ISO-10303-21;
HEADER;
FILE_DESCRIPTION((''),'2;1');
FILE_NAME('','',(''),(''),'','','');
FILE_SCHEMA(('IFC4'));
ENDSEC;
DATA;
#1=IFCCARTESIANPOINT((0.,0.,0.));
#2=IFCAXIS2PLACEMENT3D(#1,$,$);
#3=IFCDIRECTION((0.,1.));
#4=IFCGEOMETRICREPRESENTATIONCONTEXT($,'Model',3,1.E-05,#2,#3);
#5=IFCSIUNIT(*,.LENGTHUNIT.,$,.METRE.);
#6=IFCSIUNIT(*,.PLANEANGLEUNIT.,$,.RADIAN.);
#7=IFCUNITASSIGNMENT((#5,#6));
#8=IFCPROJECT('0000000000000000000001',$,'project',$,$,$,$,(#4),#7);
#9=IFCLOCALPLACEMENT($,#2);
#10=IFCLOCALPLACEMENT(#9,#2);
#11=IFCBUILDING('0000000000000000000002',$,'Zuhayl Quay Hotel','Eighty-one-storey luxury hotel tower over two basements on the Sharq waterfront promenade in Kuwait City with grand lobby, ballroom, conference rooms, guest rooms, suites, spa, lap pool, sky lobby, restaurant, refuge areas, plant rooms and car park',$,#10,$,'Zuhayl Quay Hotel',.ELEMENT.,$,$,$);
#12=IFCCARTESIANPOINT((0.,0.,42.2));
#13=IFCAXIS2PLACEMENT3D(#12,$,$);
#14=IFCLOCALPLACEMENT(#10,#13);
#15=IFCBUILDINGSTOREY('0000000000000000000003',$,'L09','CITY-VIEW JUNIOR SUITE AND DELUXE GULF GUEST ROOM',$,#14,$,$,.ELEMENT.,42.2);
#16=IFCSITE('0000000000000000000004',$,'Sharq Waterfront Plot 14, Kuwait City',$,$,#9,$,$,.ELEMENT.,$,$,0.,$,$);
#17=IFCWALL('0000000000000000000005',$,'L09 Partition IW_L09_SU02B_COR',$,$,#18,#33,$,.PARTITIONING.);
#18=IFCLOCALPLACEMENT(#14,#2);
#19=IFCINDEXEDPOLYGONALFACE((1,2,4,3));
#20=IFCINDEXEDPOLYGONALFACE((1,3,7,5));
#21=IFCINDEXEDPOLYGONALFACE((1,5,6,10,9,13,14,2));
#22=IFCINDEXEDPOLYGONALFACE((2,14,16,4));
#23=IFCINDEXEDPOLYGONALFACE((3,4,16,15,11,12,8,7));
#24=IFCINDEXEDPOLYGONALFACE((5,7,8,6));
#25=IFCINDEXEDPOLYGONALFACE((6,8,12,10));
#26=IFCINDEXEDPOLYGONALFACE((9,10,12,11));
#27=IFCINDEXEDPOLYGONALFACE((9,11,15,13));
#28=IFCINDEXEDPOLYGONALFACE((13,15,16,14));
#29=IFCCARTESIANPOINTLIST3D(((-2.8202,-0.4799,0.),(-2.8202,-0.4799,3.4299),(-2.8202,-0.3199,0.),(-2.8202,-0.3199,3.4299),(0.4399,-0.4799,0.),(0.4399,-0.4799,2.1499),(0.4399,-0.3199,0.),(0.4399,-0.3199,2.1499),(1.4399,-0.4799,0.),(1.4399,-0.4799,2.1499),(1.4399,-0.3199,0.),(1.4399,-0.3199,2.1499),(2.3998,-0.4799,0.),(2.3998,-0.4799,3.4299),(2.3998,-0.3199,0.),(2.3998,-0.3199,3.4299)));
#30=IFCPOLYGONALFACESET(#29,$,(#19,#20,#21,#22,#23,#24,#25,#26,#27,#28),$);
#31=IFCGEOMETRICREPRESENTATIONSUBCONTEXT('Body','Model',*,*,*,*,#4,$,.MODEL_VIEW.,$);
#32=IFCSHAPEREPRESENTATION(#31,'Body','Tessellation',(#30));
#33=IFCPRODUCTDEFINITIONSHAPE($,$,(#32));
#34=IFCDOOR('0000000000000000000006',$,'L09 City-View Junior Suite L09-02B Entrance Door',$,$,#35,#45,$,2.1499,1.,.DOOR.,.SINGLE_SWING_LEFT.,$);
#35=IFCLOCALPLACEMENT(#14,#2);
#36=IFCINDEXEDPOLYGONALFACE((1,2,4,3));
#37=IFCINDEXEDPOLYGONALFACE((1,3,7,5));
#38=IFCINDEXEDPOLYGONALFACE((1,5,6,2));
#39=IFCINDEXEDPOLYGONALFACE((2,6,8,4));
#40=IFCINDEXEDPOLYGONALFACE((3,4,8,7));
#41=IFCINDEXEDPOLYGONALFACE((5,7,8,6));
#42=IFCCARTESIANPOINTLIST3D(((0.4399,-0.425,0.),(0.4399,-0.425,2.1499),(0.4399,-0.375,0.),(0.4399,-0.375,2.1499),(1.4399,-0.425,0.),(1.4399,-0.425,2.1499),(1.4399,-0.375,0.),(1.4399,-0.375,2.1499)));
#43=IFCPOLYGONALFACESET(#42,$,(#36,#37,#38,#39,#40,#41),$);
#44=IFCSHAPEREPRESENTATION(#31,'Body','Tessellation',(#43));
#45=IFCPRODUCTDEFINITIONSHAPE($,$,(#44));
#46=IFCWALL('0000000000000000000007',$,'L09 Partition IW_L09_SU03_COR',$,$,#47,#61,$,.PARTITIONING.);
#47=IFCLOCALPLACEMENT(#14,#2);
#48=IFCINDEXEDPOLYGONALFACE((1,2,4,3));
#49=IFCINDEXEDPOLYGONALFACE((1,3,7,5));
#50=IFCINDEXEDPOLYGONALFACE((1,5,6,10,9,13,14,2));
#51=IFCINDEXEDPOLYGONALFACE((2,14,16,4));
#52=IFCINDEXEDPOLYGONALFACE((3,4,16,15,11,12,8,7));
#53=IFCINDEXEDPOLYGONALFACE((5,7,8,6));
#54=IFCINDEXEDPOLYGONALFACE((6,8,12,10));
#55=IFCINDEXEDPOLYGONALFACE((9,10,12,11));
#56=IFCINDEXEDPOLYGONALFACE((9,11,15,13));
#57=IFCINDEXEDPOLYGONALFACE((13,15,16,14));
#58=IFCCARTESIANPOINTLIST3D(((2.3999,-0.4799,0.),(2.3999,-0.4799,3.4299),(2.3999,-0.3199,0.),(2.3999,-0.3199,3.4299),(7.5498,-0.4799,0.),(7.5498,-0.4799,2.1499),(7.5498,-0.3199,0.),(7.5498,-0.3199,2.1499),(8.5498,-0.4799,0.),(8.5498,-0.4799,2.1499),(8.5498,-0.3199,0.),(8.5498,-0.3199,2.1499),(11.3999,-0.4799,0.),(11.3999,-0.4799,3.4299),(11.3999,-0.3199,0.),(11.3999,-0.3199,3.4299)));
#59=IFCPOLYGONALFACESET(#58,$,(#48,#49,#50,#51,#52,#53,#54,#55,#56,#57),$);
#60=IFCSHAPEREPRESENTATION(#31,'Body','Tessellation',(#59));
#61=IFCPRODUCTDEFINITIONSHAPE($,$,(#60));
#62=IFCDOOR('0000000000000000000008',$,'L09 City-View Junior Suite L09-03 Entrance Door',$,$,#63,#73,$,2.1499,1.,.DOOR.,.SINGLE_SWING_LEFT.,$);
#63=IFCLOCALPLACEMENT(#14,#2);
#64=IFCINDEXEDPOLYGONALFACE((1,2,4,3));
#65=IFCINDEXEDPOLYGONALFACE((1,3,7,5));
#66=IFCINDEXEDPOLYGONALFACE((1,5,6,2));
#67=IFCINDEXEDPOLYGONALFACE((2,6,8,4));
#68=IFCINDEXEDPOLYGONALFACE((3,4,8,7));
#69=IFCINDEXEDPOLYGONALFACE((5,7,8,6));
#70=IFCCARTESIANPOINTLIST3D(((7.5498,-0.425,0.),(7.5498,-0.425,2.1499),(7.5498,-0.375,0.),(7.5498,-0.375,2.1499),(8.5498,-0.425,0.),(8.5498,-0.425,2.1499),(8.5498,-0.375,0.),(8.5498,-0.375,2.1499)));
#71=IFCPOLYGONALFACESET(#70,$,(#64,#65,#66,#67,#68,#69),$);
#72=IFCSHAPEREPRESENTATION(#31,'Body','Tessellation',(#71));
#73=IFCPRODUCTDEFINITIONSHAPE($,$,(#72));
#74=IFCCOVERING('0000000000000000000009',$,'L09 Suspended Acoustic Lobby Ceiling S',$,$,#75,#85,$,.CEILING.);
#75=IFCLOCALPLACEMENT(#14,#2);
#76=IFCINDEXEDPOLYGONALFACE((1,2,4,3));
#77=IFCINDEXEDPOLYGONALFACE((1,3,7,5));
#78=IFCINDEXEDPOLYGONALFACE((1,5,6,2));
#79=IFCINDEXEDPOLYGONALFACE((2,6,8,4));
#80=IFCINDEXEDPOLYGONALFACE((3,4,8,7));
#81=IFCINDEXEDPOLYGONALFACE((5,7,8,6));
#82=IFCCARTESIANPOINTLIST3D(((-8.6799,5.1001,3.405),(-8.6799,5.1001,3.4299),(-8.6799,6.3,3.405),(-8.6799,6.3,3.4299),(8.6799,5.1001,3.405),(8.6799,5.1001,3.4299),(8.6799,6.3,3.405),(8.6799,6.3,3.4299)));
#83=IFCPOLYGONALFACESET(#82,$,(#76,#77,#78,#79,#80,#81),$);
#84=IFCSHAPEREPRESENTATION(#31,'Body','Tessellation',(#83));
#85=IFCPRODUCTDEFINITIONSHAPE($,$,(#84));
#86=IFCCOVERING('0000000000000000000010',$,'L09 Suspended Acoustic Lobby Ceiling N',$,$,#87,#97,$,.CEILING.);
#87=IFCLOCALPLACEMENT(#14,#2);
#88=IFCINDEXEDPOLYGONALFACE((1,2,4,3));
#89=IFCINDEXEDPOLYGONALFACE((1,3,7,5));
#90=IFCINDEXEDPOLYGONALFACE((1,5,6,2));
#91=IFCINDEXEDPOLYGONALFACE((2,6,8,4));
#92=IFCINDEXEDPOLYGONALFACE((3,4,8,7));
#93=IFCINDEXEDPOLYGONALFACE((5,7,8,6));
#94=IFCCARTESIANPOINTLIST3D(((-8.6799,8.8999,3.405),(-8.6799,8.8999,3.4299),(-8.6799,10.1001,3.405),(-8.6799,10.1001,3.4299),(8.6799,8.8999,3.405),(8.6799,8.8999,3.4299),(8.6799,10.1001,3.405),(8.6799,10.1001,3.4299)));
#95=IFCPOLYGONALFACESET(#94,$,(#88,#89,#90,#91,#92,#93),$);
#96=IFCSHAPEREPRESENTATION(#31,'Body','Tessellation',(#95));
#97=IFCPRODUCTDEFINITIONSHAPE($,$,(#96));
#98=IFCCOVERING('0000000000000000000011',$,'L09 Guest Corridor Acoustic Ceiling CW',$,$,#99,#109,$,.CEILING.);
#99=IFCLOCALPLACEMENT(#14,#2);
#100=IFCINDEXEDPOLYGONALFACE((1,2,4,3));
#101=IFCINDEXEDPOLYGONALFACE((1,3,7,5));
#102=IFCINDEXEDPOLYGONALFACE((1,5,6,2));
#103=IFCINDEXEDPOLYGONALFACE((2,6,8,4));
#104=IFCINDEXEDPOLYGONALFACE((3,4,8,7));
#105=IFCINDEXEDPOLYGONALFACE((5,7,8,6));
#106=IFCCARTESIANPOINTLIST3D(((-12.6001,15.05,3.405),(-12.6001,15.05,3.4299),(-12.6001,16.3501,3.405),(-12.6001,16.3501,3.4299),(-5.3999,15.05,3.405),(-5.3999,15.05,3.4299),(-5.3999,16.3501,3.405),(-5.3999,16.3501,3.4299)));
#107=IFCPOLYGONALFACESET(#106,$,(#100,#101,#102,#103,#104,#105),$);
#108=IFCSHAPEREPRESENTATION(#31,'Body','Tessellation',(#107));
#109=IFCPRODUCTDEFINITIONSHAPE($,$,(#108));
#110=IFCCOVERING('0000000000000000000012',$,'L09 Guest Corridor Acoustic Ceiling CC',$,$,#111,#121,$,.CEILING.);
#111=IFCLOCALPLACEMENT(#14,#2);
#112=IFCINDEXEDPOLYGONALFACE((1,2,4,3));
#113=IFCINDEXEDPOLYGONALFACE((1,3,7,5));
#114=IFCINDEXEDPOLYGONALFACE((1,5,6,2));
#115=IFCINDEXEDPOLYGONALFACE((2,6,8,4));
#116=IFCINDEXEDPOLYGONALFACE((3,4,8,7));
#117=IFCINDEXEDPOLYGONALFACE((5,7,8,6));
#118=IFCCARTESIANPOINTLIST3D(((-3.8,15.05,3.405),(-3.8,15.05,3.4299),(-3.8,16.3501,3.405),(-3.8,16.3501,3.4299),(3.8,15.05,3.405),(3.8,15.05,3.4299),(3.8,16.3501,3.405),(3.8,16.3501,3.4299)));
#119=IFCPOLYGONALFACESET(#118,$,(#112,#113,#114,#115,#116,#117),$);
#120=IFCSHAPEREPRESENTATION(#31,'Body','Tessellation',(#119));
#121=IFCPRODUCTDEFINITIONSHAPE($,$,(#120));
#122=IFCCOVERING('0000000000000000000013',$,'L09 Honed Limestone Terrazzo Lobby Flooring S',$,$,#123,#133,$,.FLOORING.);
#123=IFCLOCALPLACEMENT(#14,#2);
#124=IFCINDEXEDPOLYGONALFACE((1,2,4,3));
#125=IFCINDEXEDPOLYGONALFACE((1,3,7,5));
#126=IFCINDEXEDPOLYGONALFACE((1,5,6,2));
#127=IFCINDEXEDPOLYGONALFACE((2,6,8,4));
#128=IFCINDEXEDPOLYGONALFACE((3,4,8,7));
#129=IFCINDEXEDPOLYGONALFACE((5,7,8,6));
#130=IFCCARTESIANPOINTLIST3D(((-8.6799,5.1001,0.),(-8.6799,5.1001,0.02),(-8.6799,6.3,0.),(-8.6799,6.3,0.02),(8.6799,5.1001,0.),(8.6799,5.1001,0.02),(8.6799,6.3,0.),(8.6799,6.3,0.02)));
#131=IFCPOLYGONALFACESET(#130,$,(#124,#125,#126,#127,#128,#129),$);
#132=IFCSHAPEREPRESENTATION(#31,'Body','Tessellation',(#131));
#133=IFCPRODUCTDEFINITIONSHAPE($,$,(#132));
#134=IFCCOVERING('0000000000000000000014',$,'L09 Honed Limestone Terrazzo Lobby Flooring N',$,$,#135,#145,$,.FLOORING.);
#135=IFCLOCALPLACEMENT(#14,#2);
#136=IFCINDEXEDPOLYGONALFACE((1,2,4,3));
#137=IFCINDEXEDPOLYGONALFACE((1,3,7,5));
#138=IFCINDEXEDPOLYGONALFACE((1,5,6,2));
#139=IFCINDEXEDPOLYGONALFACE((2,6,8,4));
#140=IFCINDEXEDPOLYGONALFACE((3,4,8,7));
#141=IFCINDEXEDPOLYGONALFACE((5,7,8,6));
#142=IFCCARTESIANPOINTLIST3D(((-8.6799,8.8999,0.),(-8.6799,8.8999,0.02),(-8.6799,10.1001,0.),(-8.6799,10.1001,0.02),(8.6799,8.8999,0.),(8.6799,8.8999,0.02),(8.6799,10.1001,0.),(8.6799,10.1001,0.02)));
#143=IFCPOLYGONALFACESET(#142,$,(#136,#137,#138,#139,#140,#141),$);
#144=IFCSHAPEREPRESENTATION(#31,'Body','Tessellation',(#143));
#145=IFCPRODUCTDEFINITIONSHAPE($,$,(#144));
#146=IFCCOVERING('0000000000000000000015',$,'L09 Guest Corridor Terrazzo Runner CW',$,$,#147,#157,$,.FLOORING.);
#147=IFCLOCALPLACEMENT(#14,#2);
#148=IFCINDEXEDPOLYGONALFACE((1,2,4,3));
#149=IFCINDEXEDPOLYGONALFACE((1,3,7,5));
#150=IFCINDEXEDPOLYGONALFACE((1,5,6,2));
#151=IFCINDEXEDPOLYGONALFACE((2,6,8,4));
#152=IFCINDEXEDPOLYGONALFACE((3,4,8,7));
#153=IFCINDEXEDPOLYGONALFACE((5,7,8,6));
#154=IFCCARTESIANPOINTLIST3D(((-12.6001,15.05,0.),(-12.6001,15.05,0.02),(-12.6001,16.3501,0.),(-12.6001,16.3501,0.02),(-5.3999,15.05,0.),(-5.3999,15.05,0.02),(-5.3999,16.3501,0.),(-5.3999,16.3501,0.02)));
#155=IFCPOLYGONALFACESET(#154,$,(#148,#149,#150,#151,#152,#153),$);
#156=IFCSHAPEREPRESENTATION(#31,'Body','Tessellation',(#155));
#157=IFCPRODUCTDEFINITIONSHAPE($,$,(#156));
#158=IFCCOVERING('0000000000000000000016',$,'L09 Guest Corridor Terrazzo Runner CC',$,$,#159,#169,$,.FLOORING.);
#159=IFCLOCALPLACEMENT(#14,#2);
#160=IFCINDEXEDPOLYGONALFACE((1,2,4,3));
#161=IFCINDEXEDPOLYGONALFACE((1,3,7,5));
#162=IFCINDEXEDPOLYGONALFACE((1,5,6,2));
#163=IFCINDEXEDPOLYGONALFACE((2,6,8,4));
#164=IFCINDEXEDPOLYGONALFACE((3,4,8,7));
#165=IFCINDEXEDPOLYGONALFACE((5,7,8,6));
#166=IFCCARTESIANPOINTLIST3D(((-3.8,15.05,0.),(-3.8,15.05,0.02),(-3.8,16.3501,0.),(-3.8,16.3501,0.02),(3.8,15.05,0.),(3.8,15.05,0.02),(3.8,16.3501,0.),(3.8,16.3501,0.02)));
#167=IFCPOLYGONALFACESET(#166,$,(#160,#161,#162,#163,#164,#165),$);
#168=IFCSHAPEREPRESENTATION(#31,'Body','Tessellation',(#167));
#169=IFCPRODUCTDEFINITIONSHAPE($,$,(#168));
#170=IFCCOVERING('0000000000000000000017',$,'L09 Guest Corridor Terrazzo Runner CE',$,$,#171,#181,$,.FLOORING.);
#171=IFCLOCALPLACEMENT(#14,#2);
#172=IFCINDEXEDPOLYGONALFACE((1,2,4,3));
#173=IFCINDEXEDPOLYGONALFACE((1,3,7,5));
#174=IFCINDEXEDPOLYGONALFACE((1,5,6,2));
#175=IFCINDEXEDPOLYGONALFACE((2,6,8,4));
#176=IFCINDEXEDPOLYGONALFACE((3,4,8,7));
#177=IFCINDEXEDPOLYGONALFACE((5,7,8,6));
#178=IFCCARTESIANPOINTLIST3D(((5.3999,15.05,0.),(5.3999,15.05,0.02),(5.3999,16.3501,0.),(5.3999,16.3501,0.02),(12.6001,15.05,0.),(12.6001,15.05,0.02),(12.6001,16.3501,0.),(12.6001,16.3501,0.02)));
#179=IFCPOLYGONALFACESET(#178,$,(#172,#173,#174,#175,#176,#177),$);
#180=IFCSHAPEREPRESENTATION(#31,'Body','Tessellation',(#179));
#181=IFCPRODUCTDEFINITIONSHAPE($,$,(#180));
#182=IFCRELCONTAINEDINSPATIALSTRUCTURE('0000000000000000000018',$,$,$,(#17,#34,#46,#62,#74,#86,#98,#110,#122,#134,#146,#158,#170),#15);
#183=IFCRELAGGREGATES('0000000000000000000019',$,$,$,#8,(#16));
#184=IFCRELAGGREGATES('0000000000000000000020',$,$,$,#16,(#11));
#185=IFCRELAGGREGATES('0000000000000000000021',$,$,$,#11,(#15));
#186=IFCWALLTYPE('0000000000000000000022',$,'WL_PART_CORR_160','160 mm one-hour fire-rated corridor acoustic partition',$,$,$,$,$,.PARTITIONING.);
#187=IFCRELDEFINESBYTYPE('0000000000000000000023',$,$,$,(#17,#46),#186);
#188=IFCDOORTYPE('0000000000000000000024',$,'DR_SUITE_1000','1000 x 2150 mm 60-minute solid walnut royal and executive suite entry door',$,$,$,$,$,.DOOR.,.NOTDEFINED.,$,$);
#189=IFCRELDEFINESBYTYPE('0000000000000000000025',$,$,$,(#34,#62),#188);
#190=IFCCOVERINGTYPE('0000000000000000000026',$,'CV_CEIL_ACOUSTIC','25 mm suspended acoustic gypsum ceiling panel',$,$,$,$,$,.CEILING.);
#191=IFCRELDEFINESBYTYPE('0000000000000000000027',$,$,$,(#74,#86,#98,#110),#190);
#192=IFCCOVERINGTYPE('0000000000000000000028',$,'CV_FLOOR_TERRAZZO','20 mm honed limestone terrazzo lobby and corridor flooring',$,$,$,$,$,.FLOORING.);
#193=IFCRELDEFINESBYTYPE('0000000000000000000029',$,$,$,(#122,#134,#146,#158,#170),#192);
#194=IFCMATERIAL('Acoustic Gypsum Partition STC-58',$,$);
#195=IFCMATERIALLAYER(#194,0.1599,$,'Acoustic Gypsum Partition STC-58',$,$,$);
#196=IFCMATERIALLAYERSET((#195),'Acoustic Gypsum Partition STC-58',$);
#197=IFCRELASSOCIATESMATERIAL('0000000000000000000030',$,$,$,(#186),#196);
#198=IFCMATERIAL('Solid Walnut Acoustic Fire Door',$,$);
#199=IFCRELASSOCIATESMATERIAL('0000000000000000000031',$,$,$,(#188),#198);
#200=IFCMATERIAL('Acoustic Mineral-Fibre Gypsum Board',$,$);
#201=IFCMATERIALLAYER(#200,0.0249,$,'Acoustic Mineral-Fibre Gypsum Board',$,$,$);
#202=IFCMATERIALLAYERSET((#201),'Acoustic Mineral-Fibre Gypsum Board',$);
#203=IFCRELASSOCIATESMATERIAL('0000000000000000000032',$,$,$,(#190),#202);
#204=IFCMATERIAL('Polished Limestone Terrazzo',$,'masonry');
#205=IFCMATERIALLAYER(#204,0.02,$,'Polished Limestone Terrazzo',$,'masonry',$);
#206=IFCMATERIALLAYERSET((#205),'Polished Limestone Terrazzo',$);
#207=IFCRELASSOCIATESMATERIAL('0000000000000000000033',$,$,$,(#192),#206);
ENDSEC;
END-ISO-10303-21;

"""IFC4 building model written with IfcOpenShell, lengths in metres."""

from ifc_helpers import new_model, si_unit, direction, frame, frame_2d, origin, place, context, subcontext, project, spatial, polyline, rectangle, outline, extrude, material, layer, layer_set, type_object, element, fill, save


model = new_model("IFC4")

# Units and contexts
model_context = context("Model", 3, precision=1e-05, world=origin(), true_north=direction((0.0, 1.0)))
body_context = subcontext(model_context, "Body", "Model", "MODEL_VIEW")
ifc_project = project(units=[si_unit("LENGTHUNIT", "METRE"), si_unit("PLANEANGLEUNIT", "RADIAN")], contexts=[model_context])

# Site, building, storey
site_placement = place(None, origin())
site = spatial("IfcSite", under=ifc_project, at=site_placement, Name="Sharq Waterfront Plot 14, Kuwait City", CompositionType="ELEMENT", RefElevation=0.0)
building_placement = place(site_placement, origin())
building = spatial("IfcBuilding", under=site, at=building_placement, Name="Zuhayl Quay Hotel", Description="Eighty-one-storey luxury hotel tower over two basements on the Sharq waterfront promenade in Kuwait City with grand lobby, ballroom, conference rooms, guest rooms, suites, spa, lap pool, sky lobby, restaurant, refuge areas, plant rooms and car park", LongName="Zuhayl Quay Hotel", CompositionType="ELEMENT")
storey_placement = place(building_placement, frame((0.0, 0.0, 42.2)))
storey = spatial("IfcBuildingStorey", under=building, at=storey_placement, Name="L09", Description="CITY-VIEW JUNIOR SUITE AND DELUXE GULF GUEST ROOM", CompositionType="ELEMENT", Elevation=42.2)

# Walls, openings, doors
ifc_material_1 = material(Name="Acoustic Gypsum Partition STC-58")
ifc_layer_1 = layer(ifc_material_1, 0.1599, Name="Acoustic Gypsum Partition STC-58")
ifc_layer_set_1 = layer_set([ifc_layer_1], Name="Acoustic Gypsum Partition STC-58")
wall_type = type_object("IfcWallType", Name="WL_PART_CORR_160", Description="160 mm one-hour fire-rated corridor acoustic partition", PredefinedType="PARTITIONING", material=ifc_layer_set_1)
wall_1_placement = place(storey_placement, frame((-2.8201, -0.3999, 0.0), z_axis=(0.0, 0.0, 1.0), x_axis=(1.0, 0.0, 0.0)))
wall_1 = element("IfcWall", 1, at=wall_1_placement, inside=storey, type_object=wall_type, Name="L09 Partition IW_L09_SU02B_COR", PredefinedType="PARTITIONING", context=body_context, shape_type="SweptSolid", body=[
    extrude(rectangle(XDim=5.22, YDim=0.1599, at=frame_2d((2.6099, 0.0))), origin(), (0.0, 0.0, 1.0), 3.4299),
])
opening_1_placement = place(wall_1_placement, frame((3.26, 0.0, 0.0)))
opening_1 = element("IfcOpeningElement", 2, at=opening_1_placement, cuts=wall_1, PredefinedType="OPENING", context=body_context, shape_type="SweptSolid", body=[
    extrude(rectangle(XDim=1.0, YDim=2.1499, at=frame_2d((0.5, 1.075))), frame((0.0, 0.0898, 0.0), z_axis=(0.0, -1.0, 0.0), x_axis=(1.0, 0.0, 0.0)), (0.0, 0.0, 1.0), 0.1799),
])
ifc_material_2 = material(Name="Solid Walnut Acoustic Fire Door")
door_type = type_object("IfcDoorType", Name="DR_SUITE_1000", Description="1000 x 2150 mm 60-minute solid walnut royal and executive suite entry door", OperationType="NOTDEFINED", PredefinedType="DOOR", material=ifc_material_2)
door_1_placement = place(opening_1_placement, origin())
door_1 = element("IfcDoor", 3, at=door_1_placement, inside=storey, type_object=door_type, Name="L09 City-View Junior Suite L09-02B Entrance Door", OperationType="SINGLE_SWING_LEFT", OverallHeight=2.1499, OverallWidth=1.0, PredefinedType="DOOR", context=body_context, shape_type="SweptSolid", body=[
    extrude(rectangle(XDim=1.0, YDim=2.1499, at=frame_2d((0.5, 1.075))), frame((0.0, 0.0249, 0.0), z_axis=(0.0, -1.0, 0.0), x_axis=(1.0, 0.0, 0.0)), (0.0, 0.0, 1.0), 0.05),
])
fill(opening_1, door_1)
wall_2_placement = place(storey_placement, frame((2.3999, -0.3999, 0.0), z_axis=(0.0, 0.0, 1.0), x_axis=(1.0, 0.0, 0.0)))
wall_2 = element("IfcWall", 4, at=wall_2_placement, inside=storey, type_object=wall_type, Name="L09 Partition IW_L09_SU03_COR", PredefinedType="PARTITIONING", context=body_context, shape_type="SweptSolid", body=[
    extrude(rectangle(XDim=9.0, YDim=0.1599, at=frame_2d((4.5, 0.0))), origin(), (0.0, 0.0, 1.0), 3.4299),
])
opening_2_placement = place(wall_2_placement, frame((5.1499, 0.0, 0.0)))
opening_2 = element("IfcOpeningElement", 5, at=opening_2_placement, cuts=wall_2, PredefinedType="OPENING", context=body_context, shape_type="SweptSolid", body=[
    extrude(rectangle(XDim=1.0, YDim=2.1499, at=frame_2d((0.5, 1.075))), frame((0.0, 0.0898, 0.0), z_axis=(0.0, -1.0, 0.0), x_axis=(1.0, 0.0, 0.0)), (0.0, 0.0, 1.0), 0.1799),
])
door_2_placement = place(opening_2_placement, origin())
door_2 = element("IfcDoor", 6, at=door_2_placement, inside=storey, type_object=door_type, Name="L09 City-View Junior Suite L09-03 Entrance Door", OperationType="SINGLE_SWING_LEFT", OverallHeight=2.1499, OverallWidth=1.0, PredefinedType="DOOR", context=body_context, shape_type="SweptSolid", body=[
    extrude(rectangle(XDim=1.0, YDim=2.1499, at=frame_2d((0.5, 1.075))), frame((0.0, 0.0249, 0.0), z_axis=(0.0, -1.0, 0.0), x_axis=(1.0, 0.0, 0.0)), (0.0, 0.0, 1.0), 0.05),
])
fill(opening_2, door_2)

# Coverings
ifc_material_3 = material(Name="Acoustic Mineral-Fibre Gypsum Board")
ifc_layer_2 = layer(ifc_material_3, 0.0249, Name="Acoustic Mineral-Fibre Gypsum Board")
ifc_layer_set_2 = layer_set([ifc_layer_2], Name="Acoustic Mineral-Fibre Gypsum Board")
covering_type_1 = type_object("IfcCoveringType", Name="CV_CEIL_ACOUSTIC", Description="25 mm suspended acoustic gypsum ceiling panel", PredefinedType="CEILING", material=ifc_layer_set_2)
covering_1_placement = place(storey_placement, frame((0.0, 0.0, 3.405)))
element("IfcCovering", 7, at=covering_1_placement, inside=storey, type_object=covering_type_1, Name="L09 Suspended Acoustic Lobby Ceiling S", PredefinedType="CEILING", context=body_context, shape_type="SweptSolid", body=[
    extrude(outline(polyline([(-8.6799, 5.1001), (8.6799, 5.1001), (8.6799, 6.3), (-8.6799, 6.3), (-8.6799, 5.1001)])), origin(), (0.0, 0.0, 1.0), 0.0249),
])
covering_2_placement = place(storey_placement, frame((0.0, 0.0, 3.405)))
element("IfcCovering", 8, at=covering_2_placement, inside=storey, type_object=covering_type_1, Name="L09 Suspended Acoustic Lobby Ceiling N", PredefinedType="CEILING", context=body_context, shape_type="SweptSolid", body=[
    extrude(outline(polyline([(-8.6799, 8.8999), (8.6799, 8.8999), (8.6799, 10.1001), (-8.6799, 10.1001), (-8.6799, 8.8999)])), origin(), (0.0, 0.0, 1.0), 0.0249),
])
covering_3_placement = place(storey_placement, frame((0.0, 0.0, 3.405)))
element("IfcCovering", 9, at=covering_3_placement, inside=storey, type_object=covering_type_1, Name="L09 Guest Corridor Acoustic Ceiling CW", PredefinedType="CEILING", context=body_context, shape_type="SweptSolid", body=[
    extrude(outline(polyline([(-12.6001, 15.05), (-5.3999, 15.05), (-5.3999, 16.3501), (-12.6001, 16.3501), (-12.6001, 15.05)])), origin(), (0.0, 0.0, 1.0), 0.0249),
])
covering_4_placement = place(storey_placement, frame((0.0, 0.0, 3.405)))
element("IfcCovering", 10, at=covering_4_placement, inside=storey, type_object=covering_type_1, Name="L09 Guest Corridor Acoustic Ceiling CC", PredefinedType="CEILING", context=body_context, shape_type="SweptSolid", body=[
    extrude(outline(polyline([(-3.8, 15.05), (3.8, 15.05), (3.8, 16.3501), (-3.8, 16.3501), (-3.8, 15.05)])), origin(), (0.0, 0.0, 1.0), 0.0249),
])
ifc_material_4 = material(Name="Polished Limestone Terrazzo", Category="masonry")
ifc_layer_3 = layer(ifc_material_4, 0.02, Name="Polished Limestone Terrazzo", Category="masonry")
ifc_layer_set_3 = layer_set([ifc_layer_3], Name="Polished Limestone Terrazzo")
covering_type_2 = type_object("IfcCoveringType", Name="CV_FLOOR_TERRAZZO", Description="20 mm honed limestone terrazzo lobby and corridor flooring", PredefinedType="FLOORING", material=ifc_layer_set_3)
covering_5_placement = place(storey_placement, origin())
element("IfcCovering", 11, at=covering_5_placement, inside=storey, type_object=covering_type_2, Name="L09 Honed Limestone Terrazzo Lobby Flooring S", PredefinedType="FLOORING", context=body_context, shape_type="SweptSolid", body=[
    extrude(outline(polyline([(-8.6799, 5.1001), (8.6799, 5.1001), (8.6799, 6.3), (-8.6799, 6.3), (-8.6799, 5.1001)])), origin(), (0.0, 0.0, 1.0), 0.02),
])
covering_6_placement = place(storey_placement, origin())
element("IfcCovering", 12, at=covering_6_placement, inside=storey, type_object=covering_type_2, Name="L09 Honed Limestone Terrazzo Lobby Flooring N", PredefinedType="FLOORING", context=body_context, shape_type="SweptSolid", body=[
    extrude(outline(polyline([(-8.6799, 8.8999), (8.6799, 8.8999), (8.6799, 10.1001), (-8.6799, 10.1001), (-8.6799, 8.8999)])), origin(), (0.0, 0.0, 1.0), 0.02),
])
covering_7_placement = place(storey_placement, origin())
element("IfcCovering", 13, at=covering_7_placement, inside=storey, type_object=covering_type_2, Name="L09 Guest Corridor Terrazzo Runner CW", PredefinedType="FLOORING", context=body_context, shape_type="SweptSolid", body=[
    extrude(outline(polyline([(-12.6001, 15.05), (-5.3999, 15.05), (-5.3999, 16.3501), (-12.6001, 16.3501), (-12.6001, 15.05)])), origin(), (0.0, 0.0, 1.0), 0.02),
])
covering_8_placement = place(storey_placement, origin())
element("IfcCovering", 14, at=covering_8_placement, inside=storey, type_object=covering_type_2, Name="L09 Guest Corridor Terrazzo Runner CC", PredefinedType="FLOORING", context=body_context, shape_type="SweptSolid", body=[
    extrude(outline(polyline([(-3.8, 15.05), (3.8, 15.05), (3.8, 16.3501), (-3.8, 16.3501), (-3.8, 15.05)])), origin(), (0.0, 0.0, 1.0), 0.02),
])
covering_9_placement = place(storey_placement, origin())
element("IfcCovering", 15, at=covering_9_placement, inside=storey, type_object=covering_type_2, Name="L09 Guest Corridor Terrazzo Runner CE", PredefinedType="FLOORING", context=body_context, shape_type="SweptSolid", body=[
    extrude(outline(polyline([(5.3999, 15.05), (12.6001, 15.05), (12.6001, 16.3501), (5.3999, 16.3501), (5.3999, 15.05)])), origin(), (0.0, 0.0, 1.0), 0.02),
])

save(model, "model.ifc")
